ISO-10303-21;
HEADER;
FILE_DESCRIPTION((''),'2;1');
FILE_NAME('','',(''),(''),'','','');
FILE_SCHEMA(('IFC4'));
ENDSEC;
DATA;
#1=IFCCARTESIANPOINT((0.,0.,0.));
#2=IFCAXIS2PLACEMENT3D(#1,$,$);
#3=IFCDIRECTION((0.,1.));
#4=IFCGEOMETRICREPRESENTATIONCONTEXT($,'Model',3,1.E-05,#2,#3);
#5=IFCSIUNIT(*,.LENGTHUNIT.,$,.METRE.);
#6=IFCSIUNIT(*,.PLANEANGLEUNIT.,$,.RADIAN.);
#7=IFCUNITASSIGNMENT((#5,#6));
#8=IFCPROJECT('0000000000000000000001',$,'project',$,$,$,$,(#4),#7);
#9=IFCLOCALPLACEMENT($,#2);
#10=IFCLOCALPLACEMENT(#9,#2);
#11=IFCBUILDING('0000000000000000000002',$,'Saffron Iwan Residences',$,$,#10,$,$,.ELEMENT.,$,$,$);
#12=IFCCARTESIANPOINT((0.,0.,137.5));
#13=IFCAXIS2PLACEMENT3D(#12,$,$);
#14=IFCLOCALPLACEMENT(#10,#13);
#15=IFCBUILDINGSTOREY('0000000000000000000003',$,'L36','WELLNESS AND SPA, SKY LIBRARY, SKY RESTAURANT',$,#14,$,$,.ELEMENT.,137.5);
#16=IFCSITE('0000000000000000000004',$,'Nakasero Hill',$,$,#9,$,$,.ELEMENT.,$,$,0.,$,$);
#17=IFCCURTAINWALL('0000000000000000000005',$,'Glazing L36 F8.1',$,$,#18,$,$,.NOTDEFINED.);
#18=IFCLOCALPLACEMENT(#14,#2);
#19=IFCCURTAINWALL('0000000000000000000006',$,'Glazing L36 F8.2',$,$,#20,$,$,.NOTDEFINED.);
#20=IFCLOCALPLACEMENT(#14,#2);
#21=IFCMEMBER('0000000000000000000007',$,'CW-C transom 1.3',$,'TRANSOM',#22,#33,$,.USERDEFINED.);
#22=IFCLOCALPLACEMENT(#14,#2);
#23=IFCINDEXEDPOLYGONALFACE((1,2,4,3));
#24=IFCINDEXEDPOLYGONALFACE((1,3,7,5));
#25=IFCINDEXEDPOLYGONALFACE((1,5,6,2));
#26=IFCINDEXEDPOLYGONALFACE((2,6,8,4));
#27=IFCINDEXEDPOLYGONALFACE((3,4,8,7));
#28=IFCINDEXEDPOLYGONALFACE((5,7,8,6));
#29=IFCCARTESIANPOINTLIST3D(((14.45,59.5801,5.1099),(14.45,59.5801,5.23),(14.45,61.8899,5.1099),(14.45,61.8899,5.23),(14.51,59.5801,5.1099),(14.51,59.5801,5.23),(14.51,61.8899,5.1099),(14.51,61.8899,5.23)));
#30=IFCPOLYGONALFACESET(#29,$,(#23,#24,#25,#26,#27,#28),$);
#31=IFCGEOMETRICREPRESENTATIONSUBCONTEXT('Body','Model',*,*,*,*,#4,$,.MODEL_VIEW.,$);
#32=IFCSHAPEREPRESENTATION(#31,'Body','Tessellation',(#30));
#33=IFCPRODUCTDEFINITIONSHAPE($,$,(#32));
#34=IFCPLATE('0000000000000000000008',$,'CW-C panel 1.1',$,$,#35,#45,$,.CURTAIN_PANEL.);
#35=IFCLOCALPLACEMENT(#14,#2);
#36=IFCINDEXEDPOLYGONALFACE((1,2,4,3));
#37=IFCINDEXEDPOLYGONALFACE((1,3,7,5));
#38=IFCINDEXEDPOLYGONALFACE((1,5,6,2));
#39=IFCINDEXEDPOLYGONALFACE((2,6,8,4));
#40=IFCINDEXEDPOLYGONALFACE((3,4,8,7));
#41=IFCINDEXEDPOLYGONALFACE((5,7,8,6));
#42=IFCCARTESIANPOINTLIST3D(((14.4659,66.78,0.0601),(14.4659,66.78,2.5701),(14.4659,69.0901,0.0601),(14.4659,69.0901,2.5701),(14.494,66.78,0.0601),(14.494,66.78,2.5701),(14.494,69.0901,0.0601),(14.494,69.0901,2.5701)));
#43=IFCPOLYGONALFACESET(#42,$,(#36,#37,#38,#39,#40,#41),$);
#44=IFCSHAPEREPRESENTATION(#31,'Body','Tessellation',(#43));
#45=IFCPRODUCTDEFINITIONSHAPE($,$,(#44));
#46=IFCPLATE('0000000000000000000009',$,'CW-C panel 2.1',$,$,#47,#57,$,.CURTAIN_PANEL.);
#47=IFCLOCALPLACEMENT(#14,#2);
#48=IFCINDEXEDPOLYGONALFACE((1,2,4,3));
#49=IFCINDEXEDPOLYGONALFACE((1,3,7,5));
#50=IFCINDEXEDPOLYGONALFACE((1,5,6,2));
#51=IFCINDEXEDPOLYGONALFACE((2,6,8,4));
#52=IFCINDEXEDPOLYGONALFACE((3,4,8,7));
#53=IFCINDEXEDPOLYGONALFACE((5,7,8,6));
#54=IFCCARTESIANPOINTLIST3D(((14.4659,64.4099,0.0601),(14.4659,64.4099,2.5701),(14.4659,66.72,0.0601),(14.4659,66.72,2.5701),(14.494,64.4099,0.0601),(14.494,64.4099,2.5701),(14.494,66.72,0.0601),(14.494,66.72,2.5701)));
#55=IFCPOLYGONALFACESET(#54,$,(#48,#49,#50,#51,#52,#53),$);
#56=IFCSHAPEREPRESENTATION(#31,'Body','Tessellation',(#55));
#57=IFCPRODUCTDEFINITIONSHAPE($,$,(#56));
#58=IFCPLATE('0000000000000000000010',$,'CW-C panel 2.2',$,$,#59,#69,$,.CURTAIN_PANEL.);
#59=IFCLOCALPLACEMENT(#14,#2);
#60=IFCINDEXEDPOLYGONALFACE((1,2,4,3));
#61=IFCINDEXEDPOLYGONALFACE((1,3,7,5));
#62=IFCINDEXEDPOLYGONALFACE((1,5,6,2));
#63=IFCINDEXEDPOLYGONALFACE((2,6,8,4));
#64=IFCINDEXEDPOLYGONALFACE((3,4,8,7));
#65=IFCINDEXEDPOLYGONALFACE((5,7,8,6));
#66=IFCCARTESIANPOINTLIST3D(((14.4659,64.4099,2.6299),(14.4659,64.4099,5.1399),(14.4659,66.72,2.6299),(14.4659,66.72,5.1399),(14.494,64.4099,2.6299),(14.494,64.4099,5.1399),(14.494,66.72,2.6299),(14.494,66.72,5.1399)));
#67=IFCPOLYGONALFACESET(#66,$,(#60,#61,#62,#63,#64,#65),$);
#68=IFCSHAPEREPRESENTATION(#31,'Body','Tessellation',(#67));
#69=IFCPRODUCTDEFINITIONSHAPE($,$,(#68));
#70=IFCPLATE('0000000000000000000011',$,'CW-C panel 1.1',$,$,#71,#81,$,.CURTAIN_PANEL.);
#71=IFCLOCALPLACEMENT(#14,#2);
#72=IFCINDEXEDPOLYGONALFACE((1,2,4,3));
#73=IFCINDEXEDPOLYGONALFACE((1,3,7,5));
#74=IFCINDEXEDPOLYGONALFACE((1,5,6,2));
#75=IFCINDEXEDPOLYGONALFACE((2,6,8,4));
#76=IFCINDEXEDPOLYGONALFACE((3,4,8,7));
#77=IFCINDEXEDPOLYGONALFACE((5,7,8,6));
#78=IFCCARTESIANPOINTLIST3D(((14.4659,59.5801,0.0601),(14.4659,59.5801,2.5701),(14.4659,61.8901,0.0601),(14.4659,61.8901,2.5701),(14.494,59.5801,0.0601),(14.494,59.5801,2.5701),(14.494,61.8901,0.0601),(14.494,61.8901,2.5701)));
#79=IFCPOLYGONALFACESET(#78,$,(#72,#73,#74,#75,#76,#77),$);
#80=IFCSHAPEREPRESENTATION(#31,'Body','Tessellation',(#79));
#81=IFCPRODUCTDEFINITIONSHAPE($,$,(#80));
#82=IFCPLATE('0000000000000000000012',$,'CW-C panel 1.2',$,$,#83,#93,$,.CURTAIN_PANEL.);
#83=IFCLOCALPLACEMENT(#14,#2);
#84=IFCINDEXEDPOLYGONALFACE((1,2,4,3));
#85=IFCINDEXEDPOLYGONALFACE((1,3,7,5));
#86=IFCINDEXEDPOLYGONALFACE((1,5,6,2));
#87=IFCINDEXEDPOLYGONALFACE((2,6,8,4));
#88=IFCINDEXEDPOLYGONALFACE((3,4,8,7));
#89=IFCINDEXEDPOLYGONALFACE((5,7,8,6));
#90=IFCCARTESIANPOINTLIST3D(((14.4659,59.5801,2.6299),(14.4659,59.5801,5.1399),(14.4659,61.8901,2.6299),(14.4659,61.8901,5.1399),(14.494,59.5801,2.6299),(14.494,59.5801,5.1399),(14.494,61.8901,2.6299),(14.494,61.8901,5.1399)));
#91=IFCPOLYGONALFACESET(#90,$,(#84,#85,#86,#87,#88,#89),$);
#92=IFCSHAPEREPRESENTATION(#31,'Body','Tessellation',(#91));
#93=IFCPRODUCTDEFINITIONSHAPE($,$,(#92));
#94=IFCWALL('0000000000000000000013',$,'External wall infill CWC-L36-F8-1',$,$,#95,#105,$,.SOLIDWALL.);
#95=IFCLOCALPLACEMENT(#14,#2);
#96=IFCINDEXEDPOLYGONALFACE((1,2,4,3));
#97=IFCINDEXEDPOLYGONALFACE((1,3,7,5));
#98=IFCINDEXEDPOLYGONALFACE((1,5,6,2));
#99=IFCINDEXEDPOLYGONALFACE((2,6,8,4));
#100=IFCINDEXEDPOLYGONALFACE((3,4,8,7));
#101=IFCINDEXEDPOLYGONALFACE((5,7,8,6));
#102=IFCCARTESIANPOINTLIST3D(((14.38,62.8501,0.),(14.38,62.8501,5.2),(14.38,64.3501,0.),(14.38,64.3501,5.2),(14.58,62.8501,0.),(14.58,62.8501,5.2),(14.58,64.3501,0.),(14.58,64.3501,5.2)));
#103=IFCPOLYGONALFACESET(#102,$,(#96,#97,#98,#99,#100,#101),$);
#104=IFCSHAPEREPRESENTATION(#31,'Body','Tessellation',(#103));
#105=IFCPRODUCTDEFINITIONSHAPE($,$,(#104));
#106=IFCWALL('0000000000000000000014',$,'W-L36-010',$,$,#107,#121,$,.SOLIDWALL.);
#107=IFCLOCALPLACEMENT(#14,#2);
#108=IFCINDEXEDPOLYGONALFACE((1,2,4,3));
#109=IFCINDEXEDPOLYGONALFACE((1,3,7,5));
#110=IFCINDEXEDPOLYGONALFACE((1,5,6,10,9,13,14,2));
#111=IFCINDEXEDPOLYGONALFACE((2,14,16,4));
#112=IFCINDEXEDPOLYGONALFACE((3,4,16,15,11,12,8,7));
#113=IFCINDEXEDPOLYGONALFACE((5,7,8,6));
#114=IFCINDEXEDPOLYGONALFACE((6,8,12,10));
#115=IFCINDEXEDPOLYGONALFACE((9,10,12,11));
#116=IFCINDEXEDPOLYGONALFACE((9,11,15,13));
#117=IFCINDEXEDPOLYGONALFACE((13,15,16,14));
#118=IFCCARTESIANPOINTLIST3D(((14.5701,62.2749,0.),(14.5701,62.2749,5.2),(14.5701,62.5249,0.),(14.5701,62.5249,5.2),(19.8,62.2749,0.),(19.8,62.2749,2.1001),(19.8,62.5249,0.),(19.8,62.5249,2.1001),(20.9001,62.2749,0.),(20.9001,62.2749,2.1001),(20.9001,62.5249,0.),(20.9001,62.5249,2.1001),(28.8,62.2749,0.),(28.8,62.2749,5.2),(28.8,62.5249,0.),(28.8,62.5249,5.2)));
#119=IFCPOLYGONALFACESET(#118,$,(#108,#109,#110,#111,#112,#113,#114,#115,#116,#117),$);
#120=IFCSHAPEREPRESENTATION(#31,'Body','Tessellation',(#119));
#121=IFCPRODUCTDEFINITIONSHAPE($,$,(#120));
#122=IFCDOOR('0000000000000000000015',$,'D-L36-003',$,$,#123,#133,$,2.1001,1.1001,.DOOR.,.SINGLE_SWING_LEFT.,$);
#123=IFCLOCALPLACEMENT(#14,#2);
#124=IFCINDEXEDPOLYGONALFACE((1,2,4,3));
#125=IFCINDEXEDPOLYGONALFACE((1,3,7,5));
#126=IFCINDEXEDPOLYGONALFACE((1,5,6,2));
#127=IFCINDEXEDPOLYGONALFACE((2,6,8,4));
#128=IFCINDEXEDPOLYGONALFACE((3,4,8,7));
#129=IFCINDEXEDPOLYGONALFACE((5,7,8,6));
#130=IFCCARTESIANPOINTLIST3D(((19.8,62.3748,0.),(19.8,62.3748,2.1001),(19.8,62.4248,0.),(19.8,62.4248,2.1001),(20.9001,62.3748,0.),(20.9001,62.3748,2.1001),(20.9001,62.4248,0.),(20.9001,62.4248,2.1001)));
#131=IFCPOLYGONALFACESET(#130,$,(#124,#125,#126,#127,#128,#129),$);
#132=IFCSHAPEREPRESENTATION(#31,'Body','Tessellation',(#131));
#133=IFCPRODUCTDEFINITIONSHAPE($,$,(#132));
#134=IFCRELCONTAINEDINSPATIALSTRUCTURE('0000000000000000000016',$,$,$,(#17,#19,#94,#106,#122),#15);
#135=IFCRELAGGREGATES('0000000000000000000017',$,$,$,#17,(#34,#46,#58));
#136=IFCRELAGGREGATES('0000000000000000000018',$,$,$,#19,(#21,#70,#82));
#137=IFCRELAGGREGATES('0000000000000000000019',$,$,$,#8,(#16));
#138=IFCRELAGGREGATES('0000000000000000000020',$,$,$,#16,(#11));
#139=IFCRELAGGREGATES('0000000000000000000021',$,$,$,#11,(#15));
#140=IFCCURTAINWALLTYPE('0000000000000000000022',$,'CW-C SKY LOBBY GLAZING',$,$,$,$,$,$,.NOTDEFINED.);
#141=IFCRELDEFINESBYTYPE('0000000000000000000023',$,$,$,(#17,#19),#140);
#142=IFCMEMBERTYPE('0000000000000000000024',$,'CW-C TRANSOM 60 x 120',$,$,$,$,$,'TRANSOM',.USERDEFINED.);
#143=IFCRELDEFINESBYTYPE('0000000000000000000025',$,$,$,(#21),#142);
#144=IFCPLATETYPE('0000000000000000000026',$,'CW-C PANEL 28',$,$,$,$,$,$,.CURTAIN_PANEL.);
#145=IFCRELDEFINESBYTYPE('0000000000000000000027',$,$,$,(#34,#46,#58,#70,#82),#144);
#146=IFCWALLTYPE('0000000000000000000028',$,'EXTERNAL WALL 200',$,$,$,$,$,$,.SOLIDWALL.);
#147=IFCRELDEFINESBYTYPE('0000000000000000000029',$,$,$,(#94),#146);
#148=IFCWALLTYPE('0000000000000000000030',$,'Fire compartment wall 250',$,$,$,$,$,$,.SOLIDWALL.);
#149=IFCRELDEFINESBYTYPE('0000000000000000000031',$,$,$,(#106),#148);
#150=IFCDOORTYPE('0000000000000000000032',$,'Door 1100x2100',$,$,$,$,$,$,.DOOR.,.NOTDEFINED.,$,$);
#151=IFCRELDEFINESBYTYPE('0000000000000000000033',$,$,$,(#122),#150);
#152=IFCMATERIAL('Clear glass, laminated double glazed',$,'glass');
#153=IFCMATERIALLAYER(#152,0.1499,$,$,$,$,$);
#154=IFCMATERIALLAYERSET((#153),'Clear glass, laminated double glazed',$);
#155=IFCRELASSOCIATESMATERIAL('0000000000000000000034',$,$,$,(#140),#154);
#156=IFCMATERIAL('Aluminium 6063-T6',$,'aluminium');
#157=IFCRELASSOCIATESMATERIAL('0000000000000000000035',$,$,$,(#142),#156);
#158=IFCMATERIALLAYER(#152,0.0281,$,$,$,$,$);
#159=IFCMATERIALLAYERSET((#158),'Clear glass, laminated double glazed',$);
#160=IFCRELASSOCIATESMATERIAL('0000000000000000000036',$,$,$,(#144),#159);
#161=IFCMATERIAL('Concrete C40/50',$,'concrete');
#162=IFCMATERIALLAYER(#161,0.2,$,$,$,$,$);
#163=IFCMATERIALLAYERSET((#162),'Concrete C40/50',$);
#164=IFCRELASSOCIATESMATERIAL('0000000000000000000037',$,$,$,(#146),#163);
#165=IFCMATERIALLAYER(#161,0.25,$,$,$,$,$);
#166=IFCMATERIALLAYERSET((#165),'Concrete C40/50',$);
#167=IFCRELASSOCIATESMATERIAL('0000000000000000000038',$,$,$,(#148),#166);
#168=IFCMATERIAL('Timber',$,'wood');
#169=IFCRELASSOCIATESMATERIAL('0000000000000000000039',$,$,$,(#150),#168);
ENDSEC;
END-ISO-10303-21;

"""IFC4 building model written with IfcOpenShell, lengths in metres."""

from ifc_helpers import new_model, si_unit, direction, frame, frame_2d, origin, origin_2d, place, context, subcontext, project, spatial, rectangle, extrude, source, transform, mapped, material, layer, layer_set, material_profile, profile_set, type_object, element, fill, aggregate, save


model = new_model("IFC4")

# Units and contexts
model_context = context("Model", 3, precision=1e-05, world=origin(), true_north=direction((0.0, 1.0)))
body_context = subcontext(model_context, "Body", "Model", "MODEL_VIEW")
ifc_project = project(units=[si_unit("LENGTHUNIT", "METRE"), si_unit("PLANEANGLEUNIT", "RADIAN")], contexts=[model_context])

# Site, building, storey
site_placement = place(None, origin())
site = spatial("IfcSite", under=ifc_project, at=site_placement, Name="Nakasero Hill", CompositionType="ELEMENT", RefElevation=0.0)
building_placement = place(site_placement, origin())
building = spatial("IfcBuilding", under=site, at=building_placement, Name="Saffron Iwan Residences", CompositionType="ELEMENT")
storey_placement = place(building_placement, frame((0.0, 0.0, 137.5)))
storey = spatial("IfcBuildingStorey", under=building, at=storey_placement, Name="L36", Description="WELLNESS AND SPA, SKY LIBRARY, SKY RESTAURANT", CompositionType="ELEMENT", Elevation=137.5)

# Curtain walls
ifc_material_1 = material(Name="Clear glass, laminated double glazed", Category="glass")
ifc_layer_1 = layer(ifc_material_1, 0.1499)
ifc_layer_set_1 = layer_set([ifc_layer_1], Name="Clear glass, laminated double glazed")
curtain_wall_type = type_object("IfcCurtainWallType", Name="CW-C SKY LOBBY GLAZING", PredefinedType="NOTDEFINED", material=ifc_layer_set_1)
curtain_wall_1_placement = place(storey_placement, origin())
curtain_wall_1 = element("IfcCurtainWall", 1, at=curtain_wall_1_placement, inside=storey, type_object=curtain_wall_type, Name="Glazing L36 F8.1", PredefinedType="NOTDEFINED")
ifc_material_2 = material(Name="Aluminium 6063-T6", Category="aluminium")
curtain_wall_2_placement = place(storey_placement, origin())
curtain_wall_2 = element("IfcCurtainWall", 2, at=curtain_wall_2_placement, inside=storey, type_object=curtain_wall_type, Name="Glazing L36 F8.2", PredefinedType="NOTDEFINED")

# Member
ifc_material_profile_1 = material_profile(ifc_material_2, rectangle(XDim=0.0601, YDim=0.1201, at=origin_2d()), Name="CW-C TRANSOM 60 x 120")
ifc_profile_set_1 = profile_set([ifc_material_profile_1], Name="Aluminium 6063-T6")
member_type_1 = type_object("IfcMemberType", Name="CW-C TRANSOM 60 x 120", ElementType="TRANSOM", PredefinedType="USERDEFINED", material=ifc_profile_set_1)
shared_shape_1 = source(origin(), body_context, "Body", "SweptSolid", [
    extrude(rectangle(XDim=0.0601, YDim=0.1201, at=origin_2d()), origin(), (0.0, 0.0, 1.0), 2.3098),
])
member_1_placement = place(storey_placement, frame((14.48, 61.8899, 5.1699), z_axis=(0.0, -1.0, 0.0), x_axis=(1.0, 0.0, 0.0)))
member_1 = element("IfcMember", 3, at=member_1_placement, type_object=member_type_1, Name="CW-C transom 1.3", ObjectType="TRANSOM", PredefinedType="USERDEFINED", context=body_context, shape_type="MappedRepresentation", body=[
    mapped(shared_shape_1, transform((0.0, 0.0, 0.0))),
])

# Plates
ifc_layer_2 = layer(ifc_material_1, 0.0281)
ifc_layer_set_2 = layer_set([ifc_layer_2], Name="Clear glass, laminated double glazed")
plate_type = type_object("IfcPlateType", Name="CW-C PANEL 28", PredefinedType="CURTAIN_PANEL", material=ifc_layer_set_2)
shared_shape_2 = source(origin(), body_context, "Body", "SweptSolid", [
    extrude(rectangle(XDim=2.3101, YDim=0.0281, at=origin_2d()), origin(), (0.0, 0.0, 1.0), 2.51),
])
plate_1_placement = place(storey_placement, frame((14.48, 67.9351, 0.0601), z_axis=(0.0, 0.0, 1.0), x_axis=(0.0, -1.0, 0.0)))
plate_1 = element("IfcPlate", 4, at=plate_1_placement, type_object=plate_type, Name="CW-C panel 1.1", PredefinedType="CURTAIN_PANEL", context=body_context, shape_type="MappedRepresentation", body=[
    mapped(shared_shape_2, transform((0.0, 0.0, 0.0))),
])
plate_2_placement = place(storey_placement, frame((14.48, 65.5649, 0.0601), z_axis=(0.0, 0.0, 1.0), x_axis=(0.0, -1.0, 0.0)))
plate_2 = element("IfcPlate", 5, at=plate_2_placement, type_object=plate_type, Name="CW-C panel 2.1", PredefinedType="CURTAIN_PANEL", context=body_context, shape_type="MappedRepresentation", body=[
    mapped(shared_shape_2, transform((0.0, 0.0, 0.0))),
])
plate_3_placement = place(storey_placement, frame((14.48, 65.5649, 2.6299), z_axis=(0.0, 0.0, 1.0), x_axis=(0.0, -1.0, 0.0)))
plate_3 = element("IfcPlate", 6, at=plate_3_placement, type_object=plate_type, Name="CW-C panel 2.2", PredefinedType="CURTAIN_PANEL", context=body_context, shape_type="MappedRepresentation", body=[
    mapped(shared_shape_2, transform((0.0, 0.0, 0.0))),
])
aggregate(curtain_wall_1, [plate_1, plate_2, plate_3])
plate_4_placement = place(storey_placement, frame((14.48, 60.7351, 0.0601), z_axis=(0.0, 0.0, 1.0), x_axis=(0.0, -1.0, 0.0)))
plate_4 = element("IfcPlate", 7, at=plate_4_placement, type_object=plate_type, Name="CW-C panel 1.1", PredefinedType="CURTAIN_PANEL", context=body_context, shape_type="MappedRepresentation", body=[
    mapped(shared_shape_2, transform((0.0, 0.0, 0.0))),
])
plate_5_placement = place(storey_placement, frame((14.48, 60.7351, 2.6299), z_axis=(0.0, 0.0, 1.0), x_axis=(0.0, -1.0, 0.0)))
plate_5 = element("IfcPlate", 8, at=plate_5_placement, type_object=plate_type, Name="CW-C panel 1.2", PredefinedType="CURTAIN_PANEL", context=body_context, shape_type="MappedRepresentation", body=[
    mapped(shared_shape_2, transform((0.0, 0.0, 0.0))),
])
aggregate(curtain_wall_2, [member_1, plate_4, plate_5])

# Wall
ifc_material_3 = material(Name="Concrete C40/50", Category="concrete")
ifc_layer_3 = layer(ifc_material_3, 0.2)
ifc_layer_set_3 = layer_set([ifc_layer_3], Name="Concrete C40/50")
wall_type_1 = type_object("IfcWallType", Name="EXTERNAL WALL 200", PredefinedType="SOLIDWALL", material=ifc_layer_set_3)
wall_1_placement = place(storey_placement, frame((14.48, 64.3501, 0.0), z_axis=(0.0, 0.0, 1.0), x_axis=(0.0, -1.0, 0.0)))
element("IfcWall", 9, at=wall_1_placement, inside=storey, type_object=wall_type_1, Name="External wall infill CWC-L36-F8-1", PredefinedType="SOLIDWALL", context=body_context, shape_type="SweptSolid", body=[
    extrude(rectangle(XDim=1.5, YDim=0.2, at=frame_2d((0.75, 0.0))), origin(), (0.0, 0.0, 1.0), 5.2),
])

# Wall, opening, door
ifc_layer_4 = layer(ifc_material_3, 0.25)
ifc_layer_set_4 = layer_set([ifc_layer_4], Name="Concrete C40/50")
wall_type_2 = type_object("IfcWallType", Name="Fire compartment wall 250", PredefinedType="SOLIDWALL", material=ifc_layer_set_4)
wall_2_placement = place(storey_placement, frame((14.5701, 62.3999, 0.0), z_axis=(0.0, 0.0, 1.0), x_axis=(1.0, 0.0, 0.0)))
wall_2 = element("IfcWall", 10, at=wall_2_placement, inside=storey, type_object=wall_type_2, Name="W-L36-010", PredefinedType="SOLIDWALL", context=body_context, shape_type="SweptSolid", body=[
    extrude(rectangle(XDim=14.23, YDim=0.25, at=frame_2d((7.115, 0.0))), origin(), (0.0, 0.0, 1.0), 5.2),
])
opening_placement = place(wall_2_placement, frame((5.23, 0.0, 0.0)))
opening = element("IfcOpeningElement", 11, at=opening_placement, cuts=wall_2, PredefinedType="OPENING", context=body_context, shape_type="SweptSolid", body=[
    extrude(rectangle(XDim=1.1001, YDim=2.1001, at=frame_2d((0.55, 1.05))), frame((0.0, 0.135, 0.0), z_axis=(0.0, -1.0, 0.0), x_axis=(1.0, 0.0, 0.0)), (0.0, 0.0, 1.0), 0.27),
])
ifc_material_4 = material(Name="Timber", Category="wood")
door_type = type_object("IfcDoorType", Name="Door 1100x2100", OperationType="NOTDEFINED", PredefinedType="DOOR", material=ifc_material_4)
door_placement = place(opening_placement, origin())
door = element("IfcDoor", 12, at=door_placement, inside=storey, type_object=door_type, Name="D-L36-003", OperationType="SINGLE_SWING_LEFT", OverallHeight=2.1001, OverallWidth=1.1001, PredefinedType="DOOR", context=body_context, shape_type="SweptSolid", body=[
    extrude(rectangle(XDim=1.1001, YDim=2.1001, at=frame_2d((0.55, 1.05))), frame((0.0, 0.0249, 0.0), z_axis=(0.0, -1.0, 0.0), x_axis=(1.0, 0.0, 0.0)), (0.0, 0.0, 1.0), 0.05),
])
fill(opening, door)

save(model, "model.ifc")
